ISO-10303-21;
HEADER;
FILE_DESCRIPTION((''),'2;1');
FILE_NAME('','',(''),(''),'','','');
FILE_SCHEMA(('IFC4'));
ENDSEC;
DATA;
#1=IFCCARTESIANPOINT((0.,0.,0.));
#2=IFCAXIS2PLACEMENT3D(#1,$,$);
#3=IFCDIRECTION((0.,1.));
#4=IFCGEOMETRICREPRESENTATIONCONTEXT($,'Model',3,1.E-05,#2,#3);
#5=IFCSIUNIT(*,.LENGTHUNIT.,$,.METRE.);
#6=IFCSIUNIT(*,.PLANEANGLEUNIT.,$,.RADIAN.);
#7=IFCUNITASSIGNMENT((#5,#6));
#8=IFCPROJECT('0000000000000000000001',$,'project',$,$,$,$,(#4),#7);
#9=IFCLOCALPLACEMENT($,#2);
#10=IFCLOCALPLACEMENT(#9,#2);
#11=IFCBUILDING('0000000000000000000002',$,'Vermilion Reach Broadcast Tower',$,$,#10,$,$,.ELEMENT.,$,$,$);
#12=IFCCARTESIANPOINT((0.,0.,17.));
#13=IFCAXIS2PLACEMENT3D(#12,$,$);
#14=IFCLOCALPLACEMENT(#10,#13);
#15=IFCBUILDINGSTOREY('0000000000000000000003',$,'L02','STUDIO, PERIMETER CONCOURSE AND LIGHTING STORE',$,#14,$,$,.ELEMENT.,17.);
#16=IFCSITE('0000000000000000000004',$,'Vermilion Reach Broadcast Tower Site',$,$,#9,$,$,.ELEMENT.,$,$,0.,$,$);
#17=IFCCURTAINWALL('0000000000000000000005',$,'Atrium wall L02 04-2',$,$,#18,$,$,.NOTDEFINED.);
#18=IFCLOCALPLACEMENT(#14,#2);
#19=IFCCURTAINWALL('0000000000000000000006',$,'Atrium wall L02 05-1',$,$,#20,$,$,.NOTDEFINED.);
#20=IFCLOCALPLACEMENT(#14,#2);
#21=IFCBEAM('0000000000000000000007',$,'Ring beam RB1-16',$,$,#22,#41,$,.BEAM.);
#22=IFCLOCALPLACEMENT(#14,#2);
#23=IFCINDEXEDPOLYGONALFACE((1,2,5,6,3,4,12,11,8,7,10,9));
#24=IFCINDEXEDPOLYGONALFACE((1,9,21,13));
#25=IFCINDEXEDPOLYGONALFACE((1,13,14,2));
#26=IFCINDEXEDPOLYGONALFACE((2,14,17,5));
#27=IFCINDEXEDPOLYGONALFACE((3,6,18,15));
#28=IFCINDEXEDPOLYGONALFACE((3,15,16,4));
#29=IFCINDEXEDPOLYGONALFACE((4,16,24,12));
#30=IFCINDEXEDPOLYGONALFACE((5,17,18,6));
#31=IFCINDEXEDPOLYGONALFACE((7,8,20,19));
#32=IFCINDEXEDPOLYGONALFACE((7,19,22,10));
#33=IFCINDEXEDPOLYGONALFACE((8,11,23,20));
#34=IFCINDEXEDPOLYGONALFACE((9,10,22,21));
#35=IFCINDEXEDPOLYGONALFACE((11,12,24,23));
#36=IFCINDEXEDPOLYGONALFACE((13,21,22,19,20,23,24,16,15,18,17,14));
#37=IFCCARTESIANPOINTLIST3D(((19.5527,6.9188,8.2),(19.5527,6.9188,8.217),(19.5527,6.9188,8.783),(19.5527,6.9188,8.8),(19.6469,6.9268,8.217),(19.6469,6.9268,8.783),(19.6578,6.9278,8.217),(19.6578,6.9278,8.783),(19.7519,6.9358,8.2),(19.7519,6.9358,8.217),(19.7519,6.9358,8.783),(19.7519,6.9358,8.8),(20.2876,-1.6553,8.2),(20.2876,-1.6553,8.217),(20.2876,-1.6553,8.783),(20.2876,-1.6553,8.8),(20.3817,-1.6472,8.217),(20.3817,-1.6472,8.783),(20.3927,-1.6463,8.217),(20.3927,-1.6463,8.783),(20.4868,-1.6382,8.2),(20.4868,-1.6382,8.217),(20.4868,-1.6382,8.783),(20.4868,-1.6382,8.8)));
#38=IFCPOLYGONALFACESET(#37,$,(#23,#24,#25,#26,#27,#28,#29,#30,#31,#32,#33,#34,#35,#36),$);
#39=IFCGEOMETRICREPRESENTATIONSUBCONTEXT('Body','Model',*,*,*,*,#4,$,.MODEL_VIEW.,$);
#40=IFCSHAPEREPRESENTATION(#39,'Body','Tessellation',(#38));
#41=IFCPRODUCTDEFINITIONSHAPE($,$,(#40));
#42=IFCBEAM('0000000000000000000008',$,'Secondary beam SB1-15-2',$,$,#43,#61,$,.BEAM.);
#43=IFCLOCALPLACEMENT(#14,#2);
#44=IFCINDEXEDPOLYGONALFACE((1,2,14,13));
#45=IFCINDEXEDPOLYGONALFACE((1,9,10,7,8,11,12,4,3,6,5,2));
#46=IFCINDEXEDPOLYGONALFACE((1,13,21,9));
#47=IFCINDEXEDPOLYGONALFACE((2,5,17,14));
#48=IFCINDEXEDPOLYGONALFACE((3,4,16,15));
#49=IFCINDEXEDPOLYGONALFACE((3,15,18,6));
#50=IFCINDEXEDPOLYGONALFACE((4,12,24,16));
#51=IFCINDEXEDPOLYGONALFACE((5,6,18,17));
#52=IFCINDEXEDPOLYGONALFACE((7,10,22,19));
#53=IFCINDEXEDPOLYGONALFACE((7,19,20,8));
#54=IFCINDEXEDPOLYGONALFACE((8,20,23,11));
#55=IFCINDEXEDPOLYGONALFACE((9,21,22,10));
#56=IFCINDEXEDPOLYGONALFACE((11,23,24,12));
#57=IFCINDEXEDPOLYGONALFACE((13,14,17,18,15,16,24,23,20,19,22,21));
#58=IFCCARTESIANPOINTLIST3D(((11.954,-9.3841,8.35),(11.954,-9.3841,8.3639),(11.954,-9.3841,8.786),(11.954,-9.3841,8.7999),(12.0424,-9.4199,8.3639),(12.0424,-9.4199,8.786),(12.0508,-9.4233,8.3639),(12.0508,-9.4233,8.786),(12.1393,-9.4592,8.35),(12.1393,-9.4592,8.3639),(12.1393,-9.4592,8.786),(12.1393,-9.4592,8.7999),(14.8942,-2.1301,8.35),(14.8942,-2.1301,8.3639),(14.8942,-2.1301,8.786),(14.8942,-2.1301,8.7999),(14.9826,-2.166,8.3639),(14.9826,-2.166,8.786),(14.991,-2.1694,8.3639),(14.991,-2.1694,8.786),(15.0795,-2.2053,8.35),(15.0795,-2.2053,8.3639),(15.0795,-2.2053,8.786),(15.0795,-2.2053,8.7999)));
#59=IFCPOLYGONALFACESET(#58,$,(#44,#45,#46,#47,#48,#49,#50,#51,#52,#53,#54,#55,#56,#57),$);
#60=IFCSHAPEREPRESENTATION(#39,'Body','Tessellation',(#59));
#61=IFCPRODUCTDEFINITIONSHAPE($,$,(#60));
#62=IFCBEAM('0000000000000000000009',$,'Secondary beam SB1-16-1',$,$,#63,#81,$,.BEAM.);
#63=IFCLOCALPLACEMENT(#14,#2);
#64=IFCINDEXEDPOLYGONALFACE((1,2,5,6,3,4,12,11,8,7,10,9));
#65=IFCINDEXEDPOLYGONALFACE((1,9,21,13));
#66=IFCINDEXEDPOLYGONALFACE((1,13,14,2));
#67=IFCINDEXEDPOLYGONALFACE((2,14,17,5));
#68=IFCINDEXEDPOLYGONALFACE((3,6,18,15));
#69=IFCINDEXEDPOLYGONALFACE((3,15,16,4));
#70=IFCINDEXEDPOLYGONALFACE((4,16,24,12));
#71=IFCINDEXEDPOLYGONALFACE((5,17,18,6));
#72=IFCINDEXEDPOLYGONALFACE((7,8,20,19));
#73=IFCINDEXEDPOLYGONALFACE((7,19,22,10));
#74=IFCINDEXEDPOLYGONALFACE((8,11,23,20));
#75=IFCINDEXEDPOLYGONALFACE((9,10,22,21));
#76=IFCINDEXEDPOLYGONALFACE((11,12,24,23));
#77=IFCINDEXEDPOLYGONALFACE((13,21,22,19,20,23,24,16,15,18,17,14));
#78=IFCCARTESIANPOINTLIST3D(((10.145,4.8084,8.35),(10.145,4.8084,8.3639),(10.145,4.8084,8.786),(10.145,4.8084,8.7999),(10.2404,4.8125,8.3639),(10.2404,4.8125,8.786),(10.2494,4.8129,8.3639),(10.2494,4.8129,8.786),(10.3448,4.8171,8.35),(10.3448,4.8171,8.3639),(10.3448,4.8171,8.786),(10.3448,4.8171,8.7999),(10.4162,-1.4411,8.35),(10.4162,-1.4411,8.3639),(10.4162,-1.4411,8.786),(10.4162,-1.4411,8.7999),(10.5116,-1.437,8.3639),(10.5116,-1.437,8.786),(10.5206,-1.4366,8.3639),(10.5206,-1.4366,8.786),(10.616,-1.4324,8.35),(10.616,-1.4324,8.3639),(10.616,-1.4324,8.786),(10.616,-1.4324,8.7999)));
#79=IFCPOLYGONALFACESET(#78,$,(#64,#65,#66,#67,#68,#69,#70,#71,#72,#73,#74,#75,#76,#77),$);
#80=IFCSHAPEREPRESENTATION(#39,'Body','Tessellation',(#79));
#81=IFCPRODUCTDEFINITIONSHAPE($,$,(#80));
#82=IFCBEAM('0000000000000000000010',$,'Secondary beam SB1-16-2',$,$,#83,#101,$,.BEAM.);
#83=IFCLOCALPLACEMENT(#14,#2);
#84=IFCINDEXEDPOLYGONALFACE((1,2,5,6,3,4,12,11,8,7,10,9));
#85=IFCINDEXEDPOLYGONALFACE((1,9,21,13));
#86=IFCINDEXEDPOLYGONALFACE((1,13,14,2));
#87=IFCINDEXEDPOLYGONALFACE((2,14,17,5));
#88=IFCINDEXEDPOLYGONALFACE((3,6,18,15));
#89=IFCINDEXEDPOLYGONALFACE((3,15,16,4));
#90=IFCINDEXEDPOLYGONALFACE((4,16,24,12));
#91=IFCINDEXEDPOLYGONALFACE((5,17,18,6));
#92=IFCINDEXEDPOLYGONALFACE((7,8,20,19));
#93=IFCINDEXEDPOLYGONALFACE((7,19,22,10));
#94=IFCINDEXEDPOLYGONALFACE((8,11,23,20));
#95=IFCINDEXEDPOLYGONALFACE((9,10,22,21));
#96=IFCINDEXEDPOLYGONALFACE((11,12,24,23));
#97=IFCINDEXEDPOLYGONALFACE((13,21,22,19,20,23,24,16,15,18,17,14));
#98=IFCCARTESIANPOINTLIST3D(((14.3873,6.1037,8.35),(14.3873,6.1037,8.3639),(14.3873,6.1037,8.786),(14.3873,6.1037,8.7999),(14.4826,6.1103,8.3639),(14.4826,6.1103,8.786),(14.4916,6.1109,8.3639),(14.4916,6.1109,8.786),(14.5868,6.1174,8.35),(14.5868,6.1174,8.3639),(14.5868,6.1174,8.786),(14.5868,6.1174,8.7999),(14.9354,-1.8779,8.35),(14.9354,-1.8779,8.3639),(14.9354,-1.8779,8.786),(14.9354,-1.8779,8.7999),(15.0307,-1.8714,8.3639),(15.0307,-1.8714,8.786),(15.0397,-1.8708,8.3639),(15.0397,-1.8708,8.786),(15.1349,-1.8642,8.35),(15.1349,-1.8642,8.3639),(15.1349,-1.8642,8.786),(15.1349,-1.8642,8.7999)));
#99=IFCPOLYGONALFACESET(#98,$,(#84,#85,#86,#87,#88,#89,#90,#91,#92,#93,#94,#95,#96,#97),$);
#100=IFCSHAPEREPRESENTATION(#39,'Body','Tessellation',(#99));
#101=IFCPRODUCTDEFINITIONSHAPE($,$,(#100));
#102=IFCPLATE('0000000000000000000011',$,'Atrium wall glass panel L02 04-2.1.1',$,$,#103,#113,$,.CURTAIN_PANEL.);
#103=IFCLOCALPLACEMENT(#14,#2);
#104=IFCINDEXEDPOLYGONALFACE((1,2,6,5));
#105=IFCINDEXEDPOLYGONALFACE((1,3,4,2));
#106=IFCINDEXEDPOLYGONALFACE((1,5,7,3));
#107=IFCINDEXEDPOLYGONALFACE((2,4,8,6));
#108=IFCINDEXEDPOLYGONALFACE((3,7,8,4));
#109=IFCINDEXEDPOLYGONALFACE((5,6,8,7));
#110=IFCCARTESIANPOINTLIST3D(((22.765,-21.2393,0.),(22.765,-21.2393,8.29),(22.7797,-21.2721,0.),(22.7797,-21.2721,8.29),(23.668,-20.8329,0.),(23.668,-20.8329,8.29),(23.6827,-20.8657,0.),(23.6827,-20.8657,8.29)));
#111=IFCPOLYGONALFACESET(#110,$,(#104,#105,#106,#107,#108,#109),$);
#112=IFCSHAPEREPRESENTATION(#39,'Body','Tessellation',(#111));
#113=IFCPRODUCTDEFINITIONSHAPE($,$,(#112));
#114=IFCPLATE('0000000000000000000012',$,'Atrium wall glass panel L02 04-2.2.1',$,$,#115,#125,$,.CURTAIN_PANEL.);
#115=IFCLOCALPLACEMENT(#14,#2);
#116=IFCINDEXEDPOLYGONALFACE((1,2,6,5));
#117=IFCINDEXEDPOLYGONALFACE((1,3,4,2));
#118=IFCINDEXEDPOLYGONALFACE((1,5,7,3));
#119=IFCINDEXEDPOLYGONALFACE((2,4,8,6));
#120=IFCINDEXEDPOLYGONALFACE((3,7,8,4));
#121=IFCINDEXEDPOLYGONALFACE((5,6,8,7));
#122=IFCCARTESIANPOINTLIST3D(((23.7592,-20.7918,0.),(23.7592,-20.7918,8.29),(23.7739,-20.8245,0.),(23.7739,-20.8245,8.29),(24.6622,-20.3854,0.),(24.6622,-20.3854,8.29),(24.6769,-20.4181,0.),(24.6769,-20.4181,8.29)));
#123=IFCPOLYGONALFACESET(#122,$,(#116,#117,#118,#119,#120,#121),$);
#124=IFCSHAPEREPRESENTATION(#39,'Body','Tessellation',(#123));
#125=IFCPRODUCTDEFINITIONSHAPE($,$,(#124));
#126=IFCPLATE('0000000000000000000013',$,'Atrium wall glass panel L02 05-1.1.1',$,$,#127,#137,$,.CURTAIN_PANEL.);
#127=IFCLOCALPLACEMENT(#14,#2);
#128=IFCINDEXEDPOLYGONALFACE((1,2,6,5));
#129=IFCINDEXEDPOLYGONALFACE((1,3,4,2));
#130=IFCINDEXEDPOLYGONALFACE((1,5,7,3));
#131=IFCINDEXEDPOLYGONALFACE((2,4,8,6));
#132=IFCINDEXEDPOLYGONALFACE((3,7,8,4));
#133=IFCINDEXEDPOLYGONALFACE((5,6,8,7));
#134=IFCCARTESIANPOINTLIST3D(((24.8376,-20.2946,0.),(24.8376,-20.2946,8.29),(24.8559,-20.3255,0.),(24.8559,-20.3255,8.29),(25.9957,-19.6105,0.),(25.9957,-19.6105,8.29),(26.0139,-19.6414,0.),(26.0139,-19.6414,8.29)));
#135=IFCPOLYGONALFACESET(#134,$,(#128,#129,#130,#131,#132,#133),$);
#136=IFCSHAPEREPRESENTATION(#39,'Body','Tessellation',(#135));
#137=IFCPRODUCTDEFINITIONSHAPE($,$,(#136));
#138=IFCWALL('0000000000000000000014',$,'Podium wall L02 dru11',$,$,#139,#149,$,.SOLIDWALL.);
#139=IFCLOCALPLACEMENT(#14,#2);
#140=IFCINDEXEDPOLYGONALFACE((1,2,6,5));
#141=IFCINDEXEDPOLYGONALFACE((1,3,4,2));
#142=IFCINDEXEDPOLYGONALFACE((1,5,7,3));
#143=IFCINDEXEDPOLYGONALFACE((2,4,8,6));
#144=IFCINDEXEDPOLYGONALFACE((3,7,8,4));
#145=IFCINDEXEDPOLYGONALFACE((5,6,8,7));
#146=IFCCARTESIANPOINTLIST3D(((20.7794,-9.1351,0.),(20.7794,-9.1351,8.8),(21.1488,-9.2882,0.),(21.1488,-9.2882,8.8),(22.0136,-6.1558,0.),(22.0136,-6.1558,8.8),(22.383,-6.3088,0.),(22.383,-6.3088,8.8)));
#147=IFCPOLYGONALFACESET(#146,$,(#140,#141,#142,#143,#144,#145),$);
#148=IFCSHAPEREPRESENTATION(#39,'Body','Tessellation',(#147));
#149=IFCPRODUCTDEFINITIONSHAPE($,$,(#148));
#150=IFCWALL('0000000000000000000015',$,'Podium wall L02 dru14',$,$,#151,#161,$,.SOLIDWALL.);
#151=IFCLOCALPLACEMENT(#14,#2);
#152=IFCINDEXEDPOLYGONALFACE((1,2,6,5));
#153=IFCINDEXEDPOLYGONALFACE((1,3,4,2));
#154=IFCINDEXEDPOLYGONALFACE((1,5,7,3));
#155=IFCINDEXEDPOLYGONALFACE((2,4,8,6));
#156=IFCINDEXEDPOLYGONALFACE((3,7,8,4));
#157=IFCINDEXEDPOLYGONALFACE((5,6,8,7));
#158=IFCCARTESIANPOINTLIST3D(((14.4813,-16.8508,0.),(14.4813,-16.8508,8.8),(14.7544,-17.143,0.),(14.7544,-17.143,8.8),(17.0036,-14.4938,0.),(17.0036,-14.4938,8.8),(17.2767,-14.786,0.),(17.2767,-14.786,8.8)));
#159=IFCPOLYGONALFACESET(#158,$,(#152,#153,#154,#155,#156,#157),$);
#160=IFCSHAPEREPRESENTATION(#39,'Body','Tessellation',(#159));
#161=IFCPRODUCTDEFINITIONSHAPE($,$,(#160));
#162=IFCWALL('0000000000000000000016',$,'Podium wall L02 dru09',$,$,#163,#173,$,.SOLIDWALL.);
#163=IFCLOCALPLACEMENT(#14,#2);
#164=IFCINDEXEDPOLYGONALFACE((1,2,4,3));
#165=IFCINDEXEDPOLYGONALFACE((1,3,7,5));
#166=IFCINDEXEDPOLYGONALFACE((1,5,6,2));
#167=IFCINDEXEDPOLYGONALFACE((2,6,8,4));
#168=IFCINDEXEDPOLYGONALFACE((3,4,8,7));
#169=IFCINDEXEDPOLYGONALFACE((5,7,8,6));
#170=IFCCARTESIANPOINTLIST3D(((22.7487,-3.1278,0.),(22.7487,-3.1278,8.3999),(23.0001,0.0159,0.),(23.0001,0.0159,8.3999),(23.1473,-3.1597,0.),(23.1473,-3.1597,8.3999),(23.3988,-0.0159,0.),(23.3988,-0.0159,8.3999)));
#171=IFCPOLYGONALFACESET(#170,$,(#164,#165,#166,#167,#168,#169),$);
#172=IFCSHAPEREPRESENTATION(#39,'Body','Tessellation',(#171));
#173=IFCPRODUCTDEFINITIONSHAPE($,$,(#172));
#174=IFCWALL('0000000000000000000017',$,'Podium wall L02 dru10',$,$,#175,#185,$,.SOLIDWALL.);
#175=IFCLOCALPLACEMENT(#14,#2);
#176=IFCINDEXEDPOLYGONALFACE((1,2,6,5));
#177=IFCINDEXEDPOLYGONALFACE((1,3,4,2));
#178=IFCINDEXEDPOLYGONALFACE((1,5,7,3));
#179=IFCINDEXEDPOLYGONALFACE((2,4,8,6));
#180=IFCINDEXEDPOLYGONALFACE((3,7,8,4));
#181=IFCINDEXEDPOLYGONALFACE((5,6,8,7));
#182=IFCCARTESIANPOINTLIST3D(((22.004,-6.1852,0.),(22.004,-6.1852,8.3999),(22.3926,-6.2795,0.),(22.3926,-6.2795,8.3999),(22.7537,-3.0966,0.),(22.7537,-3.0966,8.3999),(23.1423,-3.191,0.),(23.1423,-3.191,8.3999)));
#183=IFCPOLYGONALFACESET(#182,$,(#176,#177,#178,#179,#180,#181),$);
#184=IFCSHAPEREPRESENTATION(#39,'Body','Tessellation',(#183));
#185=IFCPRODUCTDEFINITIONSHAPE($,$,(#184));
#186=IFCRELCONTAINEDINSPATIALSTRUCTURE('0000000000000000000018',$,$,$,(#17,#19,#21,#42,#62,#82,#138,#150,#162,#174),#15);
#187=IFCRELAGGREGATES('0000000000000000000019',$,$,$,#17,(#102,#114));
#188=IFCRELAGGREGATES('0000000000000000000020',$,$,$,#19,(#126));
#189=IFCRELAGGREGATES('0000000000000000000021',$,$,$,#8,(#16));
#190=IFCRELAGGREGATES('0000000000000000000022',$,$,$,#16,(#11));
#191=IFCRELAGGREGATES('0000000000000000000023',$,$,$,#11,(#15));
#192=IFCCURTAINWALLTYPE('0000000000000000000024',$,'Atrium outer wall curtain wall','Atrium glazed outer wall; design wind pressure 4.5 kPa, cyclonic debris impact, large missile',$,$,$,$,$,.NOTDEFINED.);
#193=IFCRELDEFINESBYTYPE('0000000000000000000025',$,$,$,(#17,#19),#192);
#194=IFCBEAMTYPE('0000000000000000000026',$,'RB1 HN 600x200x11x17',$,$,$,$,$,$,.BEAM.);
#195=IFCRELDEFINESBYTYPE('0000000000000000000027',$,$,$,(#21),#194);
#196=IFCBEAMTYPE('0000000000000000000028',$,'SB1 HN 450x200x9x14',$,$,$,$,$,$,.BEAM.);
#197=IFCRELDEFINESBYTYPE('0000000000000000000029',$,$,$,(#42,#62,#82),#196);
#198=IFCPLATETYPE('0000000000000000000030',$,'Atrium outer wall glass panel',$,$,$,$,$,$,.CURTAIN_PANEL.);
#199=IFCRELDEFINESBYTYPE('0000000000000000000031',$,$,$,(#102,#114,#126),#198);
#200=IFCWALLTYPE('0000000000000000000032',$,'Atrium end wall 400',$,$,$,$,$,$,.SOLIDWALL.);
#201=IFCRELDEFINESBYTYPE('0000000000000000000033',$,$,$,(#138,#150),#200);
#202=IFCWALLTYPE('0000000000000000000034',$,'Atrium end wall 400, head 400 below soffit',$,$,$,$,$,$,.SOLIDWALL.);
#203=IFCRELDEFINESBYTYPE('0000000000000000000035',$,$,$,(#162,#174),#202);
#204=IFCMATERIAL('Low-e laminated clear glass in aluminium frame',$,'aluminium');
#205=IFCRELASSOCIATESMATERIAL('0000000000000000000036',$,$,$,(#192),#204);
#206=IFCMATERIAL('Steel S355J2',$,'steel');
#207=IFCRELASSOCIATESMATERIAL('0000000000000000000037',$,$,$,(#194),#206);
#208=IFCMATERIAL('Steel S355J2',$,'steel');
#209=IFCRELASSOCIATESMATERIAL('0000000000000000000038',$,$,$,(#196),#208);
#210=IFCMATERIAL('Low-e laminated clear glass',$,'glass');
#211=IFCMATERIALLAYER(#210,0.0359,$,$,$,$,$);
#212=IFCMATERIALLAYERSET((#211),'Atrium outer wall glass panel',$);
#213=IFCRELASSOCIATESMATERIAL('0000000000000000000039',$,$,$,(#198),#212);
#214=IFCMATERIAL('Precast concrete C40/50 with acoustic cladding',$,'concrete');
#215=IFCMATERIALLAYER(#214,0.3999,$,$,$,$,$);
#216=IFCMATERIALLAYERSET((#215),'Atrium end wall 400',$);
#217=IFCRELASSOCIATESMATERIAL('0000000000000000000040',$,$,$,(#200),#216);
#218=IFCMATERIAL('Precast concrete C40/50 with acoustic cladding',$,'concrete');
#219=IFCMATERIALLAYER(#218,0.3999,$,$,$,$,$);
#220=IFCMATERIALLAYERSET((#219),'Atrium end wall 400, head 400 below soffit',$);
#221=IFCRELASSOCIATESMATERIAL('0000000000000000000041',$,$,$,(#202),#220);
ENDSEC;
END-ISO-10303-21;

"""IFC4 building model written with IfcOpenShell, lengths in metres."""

from ifc_helpers import new_model, si_unit, direction, frame, frame_2d, origin, origin_2d, place, context, subcontext, project, spatial, rectangle, i_section, extrude, material, layer, layer_set, material_profile, profile_set, type_object, element, aggregate, save


model = new_model("IFC4")

# Units and contexts
model_context = context("Model", 3, precision=1e-05, world=origin(), true_north=direction((0.0, 1.0)))
body_context = subcontext(model_context, "Body", "Model", "MODEL_VIEW")
ifc_project = project(units=[si_unit("LENGTHUNIT", "METRE"), si_unit("PLANEANGLEUNIT", "RADIAN")], contexts=[model_context])

# Site, building, storey
site_placement = place(None, origin())
site = spatial("IfcSite", under=ifc_project, at=site_placement, Name="Vermilion Reach Broadcast Tower Site", CompositionType="ELEMENT", RefElevation=0.0)
building_placement = place(site_placement, origin())
building = spatial("IfcBuilding", under=site, at=building_placement, Name="Vermilion Reach Broadcast Tower", CompositionType="ELEMENT")
storey_placement = place(building_placement, frame((0.0, 0.0, 17.0)))
storey = spatial("IfcBuildingStorey", under=building, at=storey_placement, Name="L02", Description="STUDIO, PERIMETER CONCOURSE AND LIGHTING STORE", CompositionType="ELEMENT", Elevation=17.0)

# Curtain walls
ifc_material_1 = material(Name="Low-e laminated clear glass in aluminium frame", Category="aluminium")
curtain_wall_type = type_object("IfcCurtainWallType", Name="Atrium outer wall curtain wall", Description="Atrium glazed outer wall; design wind pressure 4.5 kPa, cyclonic debris impact, large missile", PredefinedType="NOTDEFINED", material=ifc_material_1)
placement = place(storey_placement, origin())
curtain_wall_1 = element("IfcCurtainWall", 1, at=placement, inside=storey, type_object=curtain_wall_type, Name="Atrium wall L02 04-2", PredefinedType="NOTDEFINED")
curtain_wall_2 = element("IfcCurtainWall", 2, at=placement, inside=storey, type_object=curtain_wall_type, Name="Atrium wall L02 05-1", PredefinedType="NOTDEFINED")

# Beams
ifc_material_2 = material(Name="Steel S355J2", Category="steel")
ifc_material_profile_1 = material_profile(ifc_material_2, i_section(OverallWidth=0.2, OverallDepth=0.6001, WebThickness=0.011, FlangeThickness=0.0171, at=origin_2d()), Name="S355J2 HN 600x200x11x17")
ifc_profile_set_1 = profile_set([ifc_material_profile_1], Name="Steel S355J2")
beam_type_1 = type_object("IfcBeamType", Name="RB1 HN 600x200x11x17", PredefinedType="BEAM", material=ifc_profile_set_1)
beam_1_placement = place(storey_placement, frame((20.3872, -1.6467, 8.5), z_axis=(-0.085396, 0.996347, 0.0), x_axis=(-0.996347, -0.085396, 0.0)))
element("IfcBeam", 3, at=beam_1_placement, inside=storey, type_object=beam_type_1, Name="Ring beam RB1-16", PredefinedType="BEAM", context=body_context, shape_type="SweptSolid", body=[
    extrude(i_section(OverallWidth=0.2, OverallDepth=0.6001, WebThickness=0.011, FlangeThickness=0.0171, at=origin_2d()), origin(), (0.0, 0.0, 1.0), 8.6055),
])
ifc_material_3 = material(Name="Steel S355J2", Category="steel")
ifc_material_profile_2 = material_profile(ifc_material_3, i_section(OverallWidth=0.2, OverallDepth=0.45, WebThickness=0.009, FlangeThickness=0.0139, at=origin_2d()), Name="S355J2 HN 450x200x9x14")
ifc_profile_set_2 = profile_set([ifc_material_profile_2], Name="Steel S355J2")
beam_type_2 = type_object("IfcBeamType", Name="SB1 HN 450x200x9x14", PredefinedType="BEAM", material=ifc_profile_set_2)
beam_2_placement = place(storey_placement, frame((12.0466, -9.4216, 8.575), z_axis=(0.375641, 0.926765, 0.0), x_axis=(-0.926765, 0.375641, 0.0)))
element("IfcBeam", 4, at=beam_2_placement, inside=storey, type_object=beam_type_2, Name="Secondary beam SB1-15-2", PredefinedType="BEAM", context=body_context, shape_type="SweptSolid", body=[
    extrude(i_section(OverallWidth=0.2, OverallDepth=0.45, WebThickness=0.009, FlangeThickness=0.0139, at=origin_2d()), origin(), (0.0, 0.0, 1.0), 7.8271),
])
beam_3_placement = place(storey_placement, frame((10.5161, -1.4368, 8.575), z_axis=(-0.043361, 0.999059, 0.0), x_axis=(-0.999059, -0.043361, 0.0)))
element("IfcBeam", 5, at=beam_3_placement, inside=storey, type_object=beam_type_2, Name="Secondary beam SB1-16-1", PredefinedType="BEAM", context=body_context, shape_type="SweptSolid", body=[
    extrude(i_section(OverallWidth=0.2, OverallDepth=0.45, WebThickness=0.009, FlangeThickness=0.0139, at=origin_2d()), origin(), (0.0, 0.0, 1.0), 6.2554),
])
beam_4_placement = place(storey_placement, frame((15.0352, -1.8711, 8.575), z_axis=(-0.068508, 0.997651, 0.0), x_axis=(-0.997651, -0.068508, 0.0)))
element("IfcBeam", 6, at=beam_4_placement, inside=storey, type_object=beam_type_2, Name="Secondary beam SB1-16-2", PredefinedType="BEAM", context=body_context, shape_type="SweptSolid", body=[
    extrude(i_section(OverallWidth=0.2, OverallDepth=0.45, WebThickness=0.009, FlangeThickness=0.0139, at=origin_2d()), origin(), (0.0, 0.0, 1.0), 8.0005),
])

# Plates
ifc_material_4 = material(Name="Low-e laminated clear glass", Category="glass")
ifc_layer_1 = layer(ifc_material_4, 0.0359)
ifc_layer_set_1 = layer_set([ifc_layer_1], Name="Atrium outer wall glass panel")
plate_type = type_object("IfcPlateType", Name="Atrium outer wall glass panel", PredefinedType="CURTAIN_PANEL", material=ifc_layer_set_1)
plate_1_placement = place(storey_placement, frame((23.2239, -21.0525, 0.0), z_axis=(0.0, 0.0, 1.0), x_axis=(0.911902, 0.410408, 0.0)))
plate_1 = element("IfcPlate", 7, at=plate_1_placement, type_object=plate_type, Name="Atrium wall glass panel L02 04-2.1.1", PredefinedType="CURTAIN_PANEL", context=body_context, shape_type="SweptSolid", body=[
    extrude(rectangle(XDim=0.9902, YDim=0.0359, at=origin_2d()), origin(), (0.0, 0.0, 1.0), 8.29),
])
plate_2_placement = place(storey_placement, frame((24.218, -20.605, 0.0), z_axis=(0.0, 0.0, 1.0), x_axis=(0.911902, 0.410408, 0.0)))
plate_2 = element("IfcPlate", 8, at=plate_2_placement, type_object=plate_type, Name="Atrium wall glass panel L02 04-2.2.1", PredefinedType="CURTAIN_PANEL", context=body_context, shape_type="SweptSolid", body=[
    extrude(rectangle(XDim=0.9902, YDim=0.0359, at=origin_2d()), origin(), (0.0, 0.0, 1.0), 8.29),
])
aggregate(curtain_wall_1, [plate_1, plate_2])
plate_3_placement = place(storey_placement, frame((25.4258, -19.968, 0.0), z_axis=(0.0, 0.0, 1.0), x_axis=(0.861009, 0.50859, 0.0)))
plate_3 = element("IfcPlate", 9, at=plate_3_placement, type_object=plate_type, Name="Atrium wall glass panel L02 05-1.1.1", PredefinedType="CURTAIN_PANEL", context=body_context, shape_type="SweptSolid", body=[
    extrude(rectangle(XDim=1.345, YDim=0.0359, at=origin_2d()), origin(), (0.0, 0.0, 1.0), 8.29),
])
aggregate(curtain_wall_2, [plate_3])

# Walls
ifc_material_5 = material(Name="Precast concrete C40/50 with acoustic cladding", Category="concrete")
ifc_layer_2 = layer(ifc_material_5, 0.3999)
ifc_layer_set_2 = layer_set([ifc_layer_2], Name="Atrium end wall 400")
wall_type_1 = type_object("IfcWallType", Name="Atrium end wall 400", PredefinedType="SOLIDWALL", material=ifc_layer_set_2)
wall_1_placement = place(storey_placement, frame((22.1982, -6.2324, 0.0), z_axis=(0.0, 0.0, 1.0), x_axis=(-0.382706, -0.92387, 0.0)))
element("IfcWall", 10, at=wall_1_placement, inside=storey, type_object=wall_type_1, Name="Podium wall L02 dru11", PredefinedType="SOLIDWALL", context=body_context, shape_type="SweptSolid", body=[
    extrude(rectangle(XDim=3.2249, YDim=0.3999, at=frame_2d((1.6123, 0.0))), origin(), (0.0, 0.0, 1.0), 8.8),
])
wall_2_placement = place(storey_placement, frame((17.1401, -14.6399, 0.0), z_axis=(0.0, 0.0, 1.0), x_axis=(-0.730641, -0.682762, 0.0)))
element("IfcWall", 11, at=wall_2_placement, inside=storey, type_object=wall_type_1, Name="Podium wall L02 dru14", PredefinedType="SOLIDWALL", context=body_context, shape_type="SweptSolid", body=[
    extrude(rectangle(XDim=3.4521, YDim=0.3999, at=frame_2d((1.7261, 0.0))), origin(), (0.0, 0.0, 1.0), 8.8),
])
ifc_material_6 = material(Name="Precast concrete C40/50 with acoustic cladding", Category="concrete")
ifc_layer_3 = layer(ifc_material_6, 0.3999)
ifc_layer_set_3 = layer_set([ifc_layer_3], Name="Atrium end wall 400, head 400 below soffit")
wall_type_2 = type_object("IfcWallType", Name="Atrium end wall 400, head 400 below soffit", PredefinedType="SOLIDWALL", material=ifc_layer_set_3)
wall_3_placement = place(storey_placement, frame((23.1995, 0.0, 0.0), z_axis=(0.0, 0.0, 1.0), x_axis=(-0.079733, -0.996816, 0.0)))
element("IfcWall", 12, at=wall_3_placement, inside=storey, type_object=wall_type_2, Name="Podium wall L02 dru09", PredefinedType="SOLIDWALL", context=body_context, shape_type="SweptSolid", body=[
    extrude(rectangle(XDim=3.1538, YDim=0.3999, at=frame_2d((1.5769, 0.0))), origin(), (0.0, 0.0, 1.0), 8.3999),
])
wall_4_placement = place(storey_placement, frame((22.948, -3.1438, 0.0), z_axis=(0.0, 0.0, 1.0), x_axis=(-0.235897, -0.971778, 0.0)))
element("IfcWall", 13, at=wall_4_placement, inside=storey, type_object=wall_type_2, Name="Podium wall L02 dru10", PredefinedType="SOLIDWALL", context=body_context, shape_type="SweptSolid", body=[
    extrude(rectangle(XDim=3.1782, YDim=0.3999, at=frame_2d((1.5891, 0.0))), origin(), (0.0, 0.0, 1.0), 8.3999),
])

save(model, "model.ifc")
